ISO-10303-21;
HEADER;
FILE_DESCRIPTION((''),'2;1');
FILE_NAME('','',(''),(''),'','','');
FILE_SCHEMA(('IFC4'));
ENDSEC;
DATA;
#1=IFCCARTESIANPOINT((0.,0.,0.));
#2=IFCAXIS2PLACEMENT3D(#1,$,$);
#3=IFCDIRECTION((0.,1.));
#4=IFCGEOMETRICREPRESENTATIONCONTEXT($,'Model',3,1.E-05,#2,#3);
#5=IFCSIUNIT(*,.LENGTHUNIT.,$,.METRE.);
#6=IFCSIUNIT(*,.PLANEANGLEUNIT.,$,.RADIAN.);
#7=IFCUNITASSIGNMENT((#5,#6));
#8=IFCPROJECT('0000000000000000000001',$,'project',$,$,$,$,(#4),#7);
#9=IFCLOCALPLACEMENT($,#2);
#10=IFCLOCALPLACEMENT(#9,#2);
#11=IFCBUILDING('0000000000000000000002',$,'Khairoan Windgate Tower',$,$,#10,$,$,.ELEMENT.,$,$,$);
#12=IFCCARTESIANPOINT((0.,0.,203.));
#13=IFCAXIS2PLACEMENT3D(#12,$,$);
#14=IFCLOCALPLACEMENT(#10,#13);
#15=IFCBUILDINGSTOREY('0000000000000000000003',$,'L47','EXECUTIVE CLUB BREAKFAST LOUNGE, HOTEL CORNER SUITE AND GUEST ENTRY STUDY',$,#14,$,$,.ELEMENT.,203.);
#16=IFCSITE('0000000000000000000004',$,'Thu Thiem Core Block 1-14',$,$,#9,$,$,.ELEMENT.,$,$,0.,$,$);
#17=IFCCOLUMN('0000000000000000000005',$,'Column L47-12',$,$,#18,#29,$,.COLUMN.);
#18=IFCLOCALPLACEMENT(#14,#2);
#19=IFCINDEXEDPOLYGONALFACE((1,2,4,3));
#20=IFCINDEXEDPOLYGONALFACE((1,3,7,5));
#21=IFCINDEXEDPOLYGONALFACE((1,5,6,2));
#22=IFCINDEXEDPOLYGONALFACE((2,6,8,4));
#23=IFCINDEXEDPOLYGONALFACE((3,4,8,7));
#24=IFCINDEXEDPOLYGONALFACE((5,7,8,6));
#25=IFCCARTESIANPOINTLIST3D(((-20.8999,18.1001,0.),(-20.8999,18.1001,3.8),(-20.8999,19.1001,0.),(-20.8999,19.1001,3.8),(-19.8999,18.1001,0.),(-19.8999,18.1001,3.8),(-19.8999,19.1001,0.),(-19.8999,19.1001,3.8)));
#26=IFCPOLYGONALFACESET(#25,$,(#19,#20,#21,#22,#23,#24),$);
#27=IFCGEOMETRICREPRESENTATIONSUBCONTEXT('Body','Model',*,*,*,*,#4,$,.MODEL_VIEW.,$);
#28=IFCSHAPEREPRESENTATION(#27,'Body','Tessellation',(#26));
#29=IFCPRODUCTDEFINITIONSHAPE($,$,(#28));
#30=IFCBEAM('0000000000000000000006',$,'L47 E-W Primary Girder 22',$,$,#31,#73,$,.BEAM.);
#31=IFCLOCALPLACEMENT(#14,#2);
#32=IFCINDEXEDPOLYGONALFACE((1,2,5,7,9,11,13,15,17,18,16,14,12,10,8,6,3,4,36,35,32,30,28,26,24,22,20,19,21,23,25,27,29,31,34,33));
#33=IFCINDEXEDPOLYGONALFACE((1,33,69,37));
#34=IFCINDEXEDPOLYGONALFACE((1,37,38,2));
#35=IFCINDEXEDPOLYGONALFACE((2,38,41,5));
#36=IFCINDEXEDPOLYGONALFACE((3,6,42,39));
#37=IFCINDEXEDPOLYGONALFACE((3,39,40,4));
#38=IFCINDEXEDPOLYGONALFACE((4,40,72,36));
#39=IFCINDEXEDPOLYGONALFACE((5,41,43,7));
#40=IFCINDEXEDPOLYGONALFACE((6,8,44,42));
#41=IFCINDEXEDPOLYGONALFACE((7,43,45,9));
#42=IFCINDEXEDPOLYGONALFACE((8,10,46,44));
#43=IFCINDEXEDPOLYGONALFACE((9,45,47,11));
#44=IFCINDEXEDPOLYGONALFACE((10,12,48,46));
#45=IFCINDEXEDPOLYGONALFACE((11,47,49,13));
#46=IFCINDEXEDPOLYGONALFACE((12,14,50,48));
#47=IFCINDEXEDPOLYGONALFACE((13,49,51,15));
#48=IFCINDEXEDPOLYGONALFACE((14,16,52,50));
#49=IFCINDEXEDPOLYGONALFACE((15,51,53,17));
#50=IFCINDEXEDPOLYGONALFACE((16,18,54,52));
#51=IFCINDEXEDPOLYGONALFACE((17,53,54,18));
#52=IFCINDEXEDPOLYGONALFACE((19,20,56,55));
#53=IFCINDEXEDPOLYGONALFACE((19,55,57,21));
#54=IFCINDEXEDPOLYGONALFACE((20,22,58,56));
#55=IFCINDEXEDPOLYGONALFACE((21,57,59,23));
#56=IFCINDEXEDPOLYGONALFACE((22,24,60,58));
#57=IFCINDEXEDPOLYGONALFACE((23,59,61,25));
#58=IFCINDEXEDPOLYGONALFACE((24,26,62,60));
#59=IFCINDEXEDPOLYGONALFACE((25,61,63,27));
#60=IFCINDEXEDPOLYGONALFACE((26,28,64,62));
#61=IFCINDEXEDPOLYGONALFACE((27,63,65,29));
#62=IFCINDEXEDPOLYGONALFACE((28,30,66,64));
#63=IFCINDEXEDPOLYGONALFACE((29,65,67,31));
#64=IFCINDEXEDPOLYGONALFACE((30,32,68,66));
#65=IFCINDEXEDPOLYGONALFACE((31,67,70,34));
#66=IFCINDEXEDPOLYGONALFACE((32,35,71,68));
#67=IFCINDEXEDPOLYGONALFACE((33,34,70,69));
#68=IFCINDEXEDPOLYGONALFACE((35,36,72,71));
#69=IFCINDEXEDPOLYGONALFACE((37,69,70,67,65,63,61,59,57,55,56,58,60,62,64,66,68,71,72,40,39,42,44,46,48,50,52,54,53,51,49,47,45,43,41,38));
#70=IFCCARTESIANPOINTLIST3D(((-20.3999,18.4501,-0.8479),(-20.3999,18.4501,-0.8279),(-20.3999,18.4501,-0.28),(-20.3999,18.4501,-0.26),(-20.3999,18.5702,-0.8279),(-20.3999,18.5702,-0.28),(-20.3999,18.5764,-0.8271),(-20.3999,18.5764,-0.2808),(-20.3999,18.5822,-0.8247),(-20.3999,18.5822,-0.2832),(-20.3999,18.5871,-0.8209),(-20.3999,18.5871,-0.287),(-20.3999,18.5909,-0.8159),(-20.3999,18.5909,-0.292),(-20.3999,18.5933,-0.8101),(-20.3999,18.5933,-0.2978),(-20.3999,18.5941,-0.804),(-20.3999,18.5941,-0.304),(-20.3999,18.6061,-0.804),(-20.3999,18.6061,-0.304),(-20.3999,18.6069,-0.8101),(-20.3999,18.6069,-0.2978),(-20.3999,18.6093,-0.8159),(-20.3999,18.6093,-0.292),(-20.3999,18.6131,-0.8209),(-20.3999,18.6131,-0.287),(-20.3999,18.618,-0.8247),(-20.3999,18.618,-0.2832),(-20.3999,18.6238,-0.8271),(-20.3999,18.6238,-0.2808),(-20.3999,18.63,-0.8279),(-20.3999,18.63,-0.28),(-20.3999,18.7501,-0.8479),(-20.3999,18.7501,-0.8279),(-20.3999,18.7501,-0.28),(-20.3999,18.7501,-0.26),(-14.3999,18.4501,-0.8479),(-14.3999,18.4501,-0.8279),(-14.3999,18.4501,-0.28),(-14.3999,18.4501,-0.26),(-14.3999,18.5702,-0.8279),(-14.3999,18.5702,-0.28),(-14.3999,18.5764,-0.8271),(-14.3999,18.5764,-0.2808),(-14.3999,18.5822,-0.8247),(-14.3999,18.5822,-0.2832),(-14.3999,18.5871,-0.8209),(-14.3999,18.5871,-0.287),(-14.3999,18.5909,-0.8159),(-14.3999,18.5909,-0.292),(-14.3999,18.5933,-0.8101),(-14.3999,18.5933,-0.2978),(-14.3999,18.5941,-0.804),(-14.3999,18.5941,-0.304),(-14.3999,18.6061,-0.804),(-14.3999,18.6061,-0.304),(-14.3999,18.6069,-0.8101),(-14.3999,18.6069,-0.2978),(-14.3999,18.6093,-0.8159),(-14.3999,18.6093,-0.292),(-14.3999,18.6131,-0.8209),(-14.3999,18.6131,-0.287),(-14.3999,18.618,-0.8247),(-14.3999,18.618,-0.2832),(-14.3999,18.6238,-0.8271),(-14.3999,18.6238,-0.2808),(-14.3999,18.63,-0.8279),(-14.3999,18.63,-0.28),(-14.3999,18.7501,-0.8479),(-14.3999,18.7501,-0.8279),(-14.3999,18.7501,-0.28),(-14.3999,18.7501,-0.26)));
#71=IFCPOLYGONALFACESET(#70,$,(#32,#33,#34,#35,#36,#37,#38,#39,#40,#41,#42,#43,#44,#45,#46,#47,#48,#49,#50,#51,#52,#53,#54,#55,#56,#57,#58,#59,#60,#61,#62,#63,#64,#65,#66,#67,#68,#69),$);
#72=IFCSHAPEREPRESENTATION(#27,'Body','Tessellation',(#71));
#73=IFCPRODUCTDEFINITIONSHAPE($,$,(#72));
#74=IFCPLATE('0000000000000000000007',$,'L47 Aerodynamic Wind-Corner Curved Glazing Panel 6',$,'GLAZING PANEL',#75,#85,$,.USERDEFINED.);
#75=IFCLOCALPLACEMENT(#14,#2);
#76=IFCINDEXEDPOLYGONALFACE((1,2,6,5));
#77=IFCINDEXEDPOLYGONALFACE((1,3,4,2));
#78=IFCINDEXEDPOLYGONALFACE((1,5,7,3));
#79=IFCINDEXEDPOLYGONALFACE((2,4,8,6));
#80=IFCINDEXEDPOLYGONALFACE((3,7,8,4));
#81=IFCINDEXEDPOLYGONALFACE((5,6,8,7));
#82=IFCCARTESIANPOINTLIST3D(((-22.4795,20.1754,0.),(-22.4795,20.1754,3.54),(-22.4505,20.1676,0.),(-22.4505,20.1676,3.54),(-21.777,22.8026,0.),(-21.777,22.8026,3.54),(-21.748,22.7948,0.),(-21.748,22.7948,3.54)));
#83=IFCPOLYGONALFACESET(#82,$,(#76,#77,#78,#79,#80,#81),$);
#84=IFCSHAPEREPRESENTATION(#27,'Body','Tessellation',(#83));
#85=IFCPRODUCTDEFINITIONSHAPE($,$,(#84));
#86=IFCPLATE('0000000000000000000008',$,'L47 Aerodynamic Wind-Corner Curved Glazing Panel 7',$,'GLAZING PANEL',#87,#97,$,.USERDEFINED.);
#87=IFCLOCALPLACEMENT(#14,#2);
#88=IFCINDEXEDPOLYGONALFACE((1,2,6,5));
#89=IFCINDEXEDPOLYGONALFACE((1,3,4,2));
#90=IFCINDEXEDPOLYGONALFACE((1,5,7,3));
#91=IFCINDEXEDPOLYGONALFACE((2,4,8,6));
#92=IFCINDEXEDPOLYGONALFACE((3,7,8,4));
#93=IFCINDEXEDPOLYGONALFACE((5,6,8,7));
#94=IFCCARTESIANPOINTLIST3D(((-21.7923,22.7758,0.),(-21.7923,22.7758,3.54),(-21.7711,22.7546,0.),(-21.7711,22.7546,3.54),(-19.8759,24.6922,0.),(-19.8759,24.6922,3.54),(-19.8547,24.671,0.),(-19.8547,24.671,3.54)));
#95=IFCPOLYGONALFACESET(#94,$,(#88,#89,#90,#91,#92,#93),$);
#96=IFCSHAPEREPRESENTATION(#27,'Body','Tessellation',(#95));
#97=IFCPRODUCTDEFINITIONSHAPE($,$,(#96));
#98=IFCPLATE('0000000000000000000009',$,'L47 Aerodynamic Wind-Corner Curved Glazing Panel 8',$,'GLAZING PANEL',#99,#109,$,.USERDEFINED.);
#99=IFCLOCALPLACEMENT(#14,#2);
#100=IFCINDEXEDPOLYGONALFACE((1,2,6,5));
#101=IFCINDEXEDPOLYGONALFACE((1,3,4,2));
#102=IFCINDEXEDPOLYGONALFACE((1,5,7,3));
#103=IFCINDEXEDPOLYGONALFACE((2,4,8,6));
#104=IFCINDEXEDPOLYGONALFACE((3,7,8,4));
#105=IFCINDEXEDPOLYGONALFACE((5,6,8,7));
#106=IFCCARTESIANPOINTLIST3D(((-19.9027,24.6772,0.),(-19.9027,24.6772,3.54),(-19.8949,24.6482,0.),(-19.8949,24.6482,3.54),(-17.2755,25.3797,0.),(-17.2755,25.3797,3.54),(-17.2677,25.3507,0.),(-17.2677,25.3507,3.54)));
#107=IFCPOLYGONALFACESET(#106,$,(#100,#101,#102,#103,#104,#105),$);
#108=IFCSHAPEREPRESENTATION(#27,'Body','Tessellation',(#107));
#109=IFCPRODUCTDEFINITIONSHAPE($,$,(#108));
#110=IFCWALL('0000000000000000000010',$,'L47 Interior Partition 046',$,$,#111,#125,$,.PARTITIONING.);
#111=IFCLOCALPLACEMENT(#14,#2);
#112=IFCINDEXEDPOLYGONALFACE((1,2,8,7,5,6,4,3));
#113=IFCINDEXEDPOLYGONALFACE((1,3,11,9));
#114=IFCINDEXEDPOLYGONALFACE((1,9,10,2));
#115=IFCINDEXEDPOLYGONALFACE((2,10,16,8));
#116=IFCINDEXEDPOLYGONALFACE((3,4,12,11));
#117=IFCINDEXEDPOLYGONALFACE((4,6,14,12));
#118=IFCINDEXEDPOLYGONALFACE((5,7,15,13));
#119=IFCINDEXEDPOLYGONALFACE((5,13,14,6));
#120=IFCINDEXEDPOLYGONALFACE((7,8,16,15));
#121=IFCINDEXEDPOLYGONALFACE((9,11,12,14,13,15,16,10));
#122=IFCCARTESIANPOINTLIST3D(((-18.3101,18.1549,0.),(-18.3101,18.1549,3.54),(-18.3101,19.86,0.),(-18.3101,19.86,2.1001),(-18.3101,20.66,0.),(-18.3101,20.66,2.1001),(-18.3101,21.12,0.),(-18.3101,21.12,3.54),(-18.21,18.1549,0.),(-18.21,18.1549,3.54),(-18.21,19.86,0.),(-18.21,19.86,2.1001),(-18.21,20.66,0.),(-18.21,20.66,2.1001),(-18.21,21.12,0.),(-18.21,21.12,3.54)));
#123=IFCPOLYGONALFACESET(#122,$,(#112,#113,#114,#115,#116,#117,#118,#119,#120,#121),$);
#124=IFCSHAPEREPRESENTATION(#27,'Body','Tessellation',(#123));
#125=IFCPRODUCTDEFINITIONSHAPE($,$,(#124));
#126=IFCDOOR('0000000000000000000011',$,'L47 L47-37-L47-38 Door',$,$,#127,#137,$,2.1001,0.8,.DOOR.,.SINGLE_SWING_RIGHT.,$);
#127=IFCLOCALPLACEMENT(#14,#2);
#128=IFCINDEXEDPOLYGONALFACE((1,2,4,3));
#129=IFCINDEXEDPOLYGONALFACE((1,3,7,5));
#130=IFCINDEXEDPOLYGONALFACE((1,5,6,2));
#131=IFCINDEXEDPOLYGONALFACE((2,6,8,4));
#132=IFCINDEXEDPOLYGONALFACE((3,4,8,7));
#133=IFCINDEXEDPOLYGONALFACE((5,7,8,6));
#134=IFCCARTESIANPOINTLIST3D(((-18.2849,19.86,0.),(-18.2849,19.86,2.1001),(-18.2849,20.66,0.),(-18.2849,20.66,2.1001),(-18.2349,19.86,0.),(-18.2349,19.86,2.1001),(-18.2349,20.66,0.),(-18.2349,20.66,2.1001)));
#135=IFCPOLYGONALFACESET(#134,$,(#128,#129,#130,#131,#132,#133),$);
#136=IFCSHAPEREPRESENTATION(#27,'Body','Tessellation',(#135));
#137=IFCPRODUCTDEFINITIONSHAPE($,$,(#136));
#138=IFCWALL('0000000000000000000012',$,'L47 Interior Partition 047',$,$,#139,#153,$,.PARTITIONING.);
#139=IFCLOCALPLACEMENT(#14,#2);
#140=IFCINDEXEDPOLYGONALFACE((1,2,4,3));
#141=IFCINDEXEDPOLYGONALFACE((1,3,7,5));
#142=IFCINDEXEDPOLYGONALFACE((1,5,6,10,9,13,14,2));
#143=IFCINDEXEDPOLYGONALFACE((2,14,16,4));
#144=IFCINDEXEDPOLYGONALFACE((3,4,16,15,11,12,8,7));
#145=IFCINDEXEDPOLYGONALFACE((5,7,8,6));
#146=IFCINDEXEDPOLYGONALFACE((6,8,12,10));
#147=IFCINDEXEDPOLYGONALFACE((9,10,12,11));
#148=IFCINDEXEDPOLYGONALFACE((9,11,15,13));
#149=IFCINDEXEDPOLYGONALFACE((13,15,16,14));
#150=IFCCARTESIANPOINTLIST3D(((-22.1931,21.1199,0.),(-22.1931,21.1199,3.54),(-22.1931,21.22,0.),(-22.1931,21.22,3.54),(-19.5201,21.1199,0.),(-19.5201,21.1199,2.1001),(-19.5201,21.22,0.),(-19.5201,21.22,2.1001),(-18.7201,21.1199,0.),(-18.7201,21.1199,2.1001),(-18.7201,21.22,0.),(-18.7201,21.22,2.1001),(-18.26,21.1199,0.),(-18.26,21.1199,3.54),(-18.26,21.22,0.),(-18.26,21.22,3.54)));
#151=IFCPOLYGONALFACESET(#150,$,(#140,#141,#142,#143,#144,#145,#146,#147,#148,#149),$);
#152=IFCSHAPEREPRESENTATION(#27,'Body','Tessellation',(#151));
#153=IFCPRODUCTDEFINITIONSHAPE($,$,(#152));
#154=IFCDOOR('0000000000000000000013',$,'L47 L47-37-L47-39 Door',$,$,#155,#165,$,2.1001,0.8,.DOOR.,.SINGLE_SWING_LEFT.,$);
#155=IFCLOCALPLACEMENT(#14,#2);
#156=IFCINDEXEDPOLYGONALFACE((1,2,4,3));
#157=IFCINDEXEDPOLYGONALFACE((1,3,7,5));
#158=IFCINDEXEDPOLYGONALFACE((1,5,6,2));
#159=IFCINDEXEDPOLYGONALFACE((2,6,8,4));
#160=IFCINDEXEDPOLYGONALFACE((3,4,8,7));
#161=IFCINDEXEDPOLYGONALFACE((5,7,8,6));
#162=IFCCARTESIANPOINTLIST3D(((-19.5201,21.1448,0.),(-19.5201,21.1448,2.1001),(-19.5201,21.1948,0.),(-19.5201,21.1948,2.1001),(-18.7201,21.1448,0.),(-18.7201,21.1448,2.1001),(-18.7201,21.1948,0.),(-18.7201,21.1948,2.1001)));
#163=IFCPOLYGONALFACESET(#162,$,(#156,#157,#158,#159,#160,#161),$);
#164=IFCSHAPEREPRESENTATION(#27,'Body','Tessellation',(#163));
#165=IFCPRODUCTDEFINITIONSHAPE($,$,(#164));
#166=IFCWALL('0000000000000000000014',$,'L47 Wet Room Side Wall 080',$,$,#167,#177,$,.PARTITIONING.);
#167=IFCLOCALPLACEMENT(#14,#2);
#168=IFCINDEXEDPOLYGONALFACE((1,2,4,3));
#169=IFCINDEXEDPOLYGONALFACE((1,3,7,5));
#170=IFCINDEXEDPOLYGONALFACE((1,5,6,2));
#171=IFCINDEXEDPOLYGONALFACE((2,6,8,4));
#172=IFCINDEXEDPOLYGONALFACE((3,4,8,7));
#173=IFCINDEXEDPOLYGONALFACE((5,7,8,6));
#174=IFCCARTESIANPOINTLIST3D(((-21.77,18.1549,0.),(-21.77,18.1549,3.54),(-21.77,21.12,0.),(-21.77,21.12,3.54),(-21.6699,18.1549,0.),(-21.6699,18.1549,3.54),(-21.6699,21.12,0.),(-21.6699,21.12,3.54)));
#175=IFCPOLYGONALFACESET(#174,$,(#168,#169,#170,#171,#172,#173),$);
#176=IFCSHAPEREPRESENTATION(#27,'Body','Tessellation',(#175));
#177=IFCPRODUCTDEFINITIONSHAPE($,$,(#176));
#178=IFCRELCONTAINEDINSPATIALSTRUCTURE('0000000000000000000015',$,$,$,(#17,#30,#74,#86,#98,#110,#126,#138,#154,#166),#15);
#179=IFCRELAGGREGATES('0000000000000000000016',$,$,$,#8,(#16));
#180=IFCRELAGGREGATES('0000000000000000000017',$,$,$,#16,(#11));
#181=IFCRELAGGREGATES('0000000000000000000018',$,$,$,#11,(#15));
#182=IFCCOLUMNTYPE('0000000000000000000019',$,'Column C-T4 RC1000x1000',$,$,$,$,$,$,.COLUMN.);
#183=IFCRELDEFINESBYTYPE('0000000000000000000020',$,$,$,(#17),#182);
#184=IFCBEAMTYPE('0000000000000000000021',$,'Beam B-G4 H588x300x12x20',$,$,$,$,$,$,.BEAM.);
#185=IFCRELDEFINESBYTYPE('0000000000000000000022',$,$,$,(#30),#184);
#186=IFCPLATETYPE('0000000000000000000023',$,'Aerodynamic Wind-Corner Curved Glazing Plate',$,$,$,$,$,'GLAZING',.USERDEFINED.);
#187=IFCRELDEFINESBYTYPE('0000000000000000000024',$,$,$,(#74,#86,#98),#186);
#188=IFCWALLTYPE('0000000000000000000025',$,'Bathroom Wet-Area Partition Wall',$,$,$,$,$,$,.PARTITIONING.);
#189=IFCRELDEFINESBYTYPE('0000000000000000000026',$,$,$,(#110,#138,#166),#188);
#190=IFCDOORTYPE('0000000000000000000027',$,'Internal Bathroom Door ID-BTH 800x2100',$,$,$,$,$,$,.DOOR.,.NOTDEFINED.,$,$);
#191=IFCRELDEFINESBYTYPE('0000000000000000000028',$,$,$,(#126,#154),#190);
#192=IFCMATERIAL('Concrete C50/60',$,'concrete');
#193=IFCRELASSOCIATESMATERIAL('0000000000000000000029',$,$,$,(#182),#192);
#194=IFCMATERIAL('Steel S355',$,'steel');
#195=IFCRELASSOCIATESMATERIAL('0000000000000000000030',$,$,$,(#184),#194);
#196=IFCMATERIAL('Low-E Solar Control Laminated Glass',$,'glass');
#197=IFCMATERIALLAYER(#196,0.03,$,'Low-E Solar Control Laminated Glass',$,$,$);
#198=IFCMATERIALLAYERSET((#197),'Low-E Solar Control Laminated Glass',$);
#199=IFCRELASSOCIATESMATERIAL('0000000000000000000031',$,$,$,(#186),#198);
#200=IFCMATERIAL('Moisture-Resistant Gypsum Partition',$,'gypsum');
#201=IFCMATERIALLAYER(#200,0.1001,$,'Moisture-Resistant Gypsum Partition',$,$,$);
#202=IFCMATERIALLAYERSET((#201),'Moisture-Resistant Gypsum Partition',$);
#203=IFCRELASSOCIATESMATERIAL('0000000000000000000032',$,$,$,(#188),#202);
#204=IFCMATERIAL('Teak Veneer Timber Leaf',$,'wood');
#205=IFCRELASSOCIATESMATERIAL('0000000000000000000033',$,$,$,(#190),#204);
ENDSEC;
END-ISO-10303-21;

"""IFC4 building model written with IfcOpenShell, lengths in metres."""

from ifc_helpers import new_model, si_unit, direction, frame, frame_2d, origin, origin_2d, place, context, subcontext, project, spatial, rectangle, i_section, extrude, material, layer, layer_set, material_profile, profile_set, type_object, element, fill, save


model = new_model("IFC4")

# Units and contexts
model_context = context("Model", 3, precision=1e-05, world=origin(), true_north=direction((0.0, 1.0)))
body_context = subcontext(model_context, "Body", "Model", "MODEL_VIEW")
ifc_project = project(units=[si_unit("LENGTHUNIT", "METRE"), si_unit("PLANEANGLEUNIT", "RADIAN")], contexts=[model_context])

# Site, building, storey
site_placement = place(None, origin())
site = spatial("IfcSite", under=ifc_project, at=site_placement, Name="Thu Thiem Core Block 1-14", CompositionType="ELEMENT", RefElevation=0.0)
building_placement = place(site_placement, origin())
building = spatial("IfcBuilding", under=site, at=building_placement, Name="Khairoan Windgate Tower", CompositionType="ELEMENT")
storey_placement = place(building_placement, frame((0.0, 0.0, 203.0)))
storey = spatial("IfcBuildingStorey", under=building, at=storey_placement, Name="L47", Description="EXECUTIVE CLUB BREAKFAST LOUNGE, HOTEL CORNER SUITE AND GUEST ENTRY STUDY", CompositionType="ELEMENT", Elevation=203.0)

# Column
ifc_material_1 = material(Name="Concrete C50/60", Category="concrete")
ifc_material_profile_1 = material_profile(ifc_material_1, rectangle(XDim=1.0, YDim=1.0, at=origin_2d()))
ifc_profile_set_1 = profile_set([ifc_material_profile_1], Name="Concrete C50/60")
column_type = type_object("IfcColumnType", Name="Column C-T4 RC1000x1000", PredefinedType="COLUMN", material=ifc_profile_set_1)
column_placement = place(storey_placement, frame((-20.3999, 18.6001, 0.0), z_axis=(0.0, 0.0, 1.0), x_axis=(1.0, 0.0, 0.0)))
element("IfcColumn", 1, at=column_placement, inside=storey, type_object=column_type, Name="Column L47-12", PredefinedType="COLUMN", context=body_context, shape_type="SweptSolid", body=[
    extrude(rectangle(XDim=1.0, YDim=1.0, at=origin_2d()), origin(), (0.0, 0.0, 1.0), 3.8),
])

# Beam
ifc_material_2 = material(Name="Steel S355", Category="steel")
ifc_material_profile_2 = material_profile(ifc_material_2, i_section(OverallWidth=0.3, OverallDepth=0.5879, WebThickness=0.012, FlangeThickness=0.02, FilletRadius=0.0239, at=origin_2d()))
ifc_profile_set_2 = profile_set([ifc_material_profile_2], Name="Steel S355")
beam_type = type_object("IfcBeamType", Name="Beam B-G4 H588x300x12x20", PredefinedType="BEAM", material=ifc_profile_set_2)
beam_placement = place(storey_placement, frame((-20.3999, 18.6001, -0.554), z_axis=(1.0, 0.0, 0.0), x_axis=(0.0, 1.0, 0.0)))
element("IfcBeam", 2, at=beam_placement, inside=storey, type_object=beam_type, Name="L47 E-W Primary Girder 22", PredefinedType="BEAM", context=body_context, shape_type="SweptSolid", body=[
    extrude(i_section(OverallWidth=0.3, OverallDepth=0.5879, WebThickness=0.012, FlangeThickness=0.02, FilletRadius=0.0239, at=origin_2d()), origin(), (0.0, 0.0, 1.0), 6.0),
])

# Plates
ifc_material_3 = material(Name="Low-E Solar Control Laminated Glass", Category="glass")
ifc_layer_1 = layer(ifc_material_3, 0.03, Name="Low-E Solar Control Laminated Glass")
ifc_layer_set_1 = layer_set([ifc_layer_1], Name="Low-E Solar Control Laminated Glass")
plate_type_1 = type_object("IfcPlateType", Name="Aerodynamic Wind-Corner Curved Glazing Plate", ElementType="GLAZING", PredefinedType="USERDEFINED", material=ifc_layer_set_1)
plate_1_placement = place(storey_placement, frame((-22.1138, 21.4851, 0.0), z_axis=(0.0, 0.0, 1.0), x_axis=(0.258313, 0.966061, 0.0)))
element("IfcPlate", 3, at=plate_1_placement, inside=storey, type_object=plate_type_1, Name="L47 Aerodynamic Wind-Corner Curved Glazing Panel 6", ObjectType="GLAZING PANEL", PredefinedType="USERDEFINED", context=body_context, shape_type="SweptSolid", body=[
    extrude(rectangle(XDim=2.7195, YDim=0.03, at=origin_2d()), origin(), (0.0, 0.0, 1.0), 3.54),
])
plate_2_placement = place(storey_placement, frame((-20.8235, 23.7234, 0.0), z_axis=(0.0, 0.0, 1.0), x_axis=(0.707107, 0.707107, 0.0)))
element("IfcPlate", 4, at=plate_2_placement, inside=storey, type_object=plate_type_1, Name="L47 Aerodynamic Wind-Corner Curved Glazing Panel 7", ObjectType="GLAZING PANEL", PredefinedType="USERDEFINED", context=body_context, shape_type="SweptSolid", body=[
    extrude(rectangle(XDim=2.7102, YDim=0.03, at=origin_2d()), origin(), (0.0, 0.0, 1.0), 3.54),
])
plate_3_placement = place(storey_placement, frame((-18.5852, 25.0139, 0.0), z_axis=(0.0, 0.0, 1.0), x_axis=(0.966061, 0.258313, 0.0)))
element("IfcPlate", 5, at=plate_3_placement, inside=storey, type_object=plate_type_1, Name="L47 Aerodynamic Wind-Corner Curved Glazing Panel 8", ObjectType="GLAZING PANEL", PredefinedType="USERDEFINED", context=body_context, shape_type="SweptSolid", body=[
    extrude(rectangle(XDim=2.7195, YDim=0.03, at=origin_2d()), origin(), (0.0, 0.0, 1.0), 3.54),
])

# Walls, openings, doors
ifc_material_4 = material(Name="Moisture-Resistant Gypsum Partition", Category="gypsum")
ifc_layer_2 = layer(ifc_material_4, 0.1001, Name="Moisture-Resistant Gypsum Partition")
ifc_layer_set_2 = layer_set([ifc_layer_2], Name="Moisture-Resistant Gypsum Partition")
wall_type_1 = type_object("IfcWallType", Name="Bathroom Wet-Area Partition Wall", PredefinedType="PARTITIONING", material=ifc_layer_set_2)
wall_1_placement = place(storey_placement, frame((-18.26, 18.155, 0.0), z_axis=(0.0, 0.0, 1.0), x_axis=(0.0, 1.0, 0.0)))
wall_1 = element("IfcWall", 6, at=wall_1_placement, inside=storey, type_object=wall_type_1, Name="L47 Interior Partition 046", PredefinedType="PARTITIONING", context=body_context, shape_type="SweptSolid", body=[
    extrude(rectangle(XDim=2.9651, YDim=0.1001, at=frame_2d((1.4824, 0.0))), origin(), (0.0, 0.0, 1.0), 3.54),
])
opening_1_placement = place(wall_1_placement, frame((1.7051, 0.0, 0.0)))
opening_1 = element("IfcOpeningElement", 7, at=opening_1_placement, cuts=wall_1, PredefinedType="OPENING", context=body_context, shape_type="SweptSolid", body=[
    extrude(rectangle(XDim=0.8, YDim=2.1001, at=frame_2d((0.3999, 1.05))), frame((0.0, 0.0601, 0.0), z_axis=(0.0, -1.0, 0.0), x_axis=(1.0, 0.0, 0.0)), (0.0, 0.0, 1.0), 0.1201),
])
ifc_material_5 = material(Name="Teak Veneer Timber Leaf", Category="wood")
door_type_1 = type_object("IfcDoorType", Name="Internal Bathroom Door ID-BTH 800x2100", OperationType="NOTDEFINED", PredefinedType="DOOR", material=ifc_material_5)
door_1_placement = place(opening_1_placement, origin())
door_1 = element("IfcDoor", 8, at=door_1_placement, inside=storey, type_object=door_type_1, Name="L47 L47-37-L47-38 Door", OperationType="SINGLE_SWING_RIGHT", OverallHeight=2.1001, OverallWidth=0.8, PredefinedType="DOOR", context=body_context, shape_type="SweptSolid", body=[
    extrude(rectangle(XDim=0.8, YDim=2.1001, at=frame_2d((0.3999, 1.05))), frame((0.0, 0.0249, 0.0), z_axis=(0.0, -1.0, 0.0), x_axis=(1.0, 0.0, 0.0)), (0.0, 0.0, 1.0), 0.05),
])
fill(opening_1, door_1)
wall_2_placement = place(storey_placement, frame((-22.1931, 21.1699, 0.0), z_axis=(0.0, 0.0, 1.0), x_axis=(1.0, 0.0, 0.0)))
wall_2 = element("IfcWall", 9, at=wall_2_placement, inside=storey, type_object=wall_type_1, Name="L47 Interior Partition 047", PredefinedType="PARTITIONING", context=body_context, shape_type="SweptSolid", body=[
    extrude(rectangle(XDim=3.9331, YDim=0.1001, at=frame_2d((1.9666, 0.0))), origin(), (0.0, 0.0, 1.0), 3.54),
])
opening_2_placement = place(wall_2_placement, frame((2.6731, 0.0, 0.0)))
opening_2 = element("IfcOpeningElement", 10, at=opening_2_placement, cuts=wall_2, PredefinedType="OPENING", context=body_context, shape_type="SweptSolid", body=[
    extrude(rectangle(XDim=0.8, YDim=2.1001, at=frame_2d((0.3999, 1.05))), frame((0.0, 0.0601, 0.0), z_axis=(0.0, -1.0, 0.0), x_axis=(1.0, 0.0, 0.0)), (0.0, 0.0, 1.0), 0.1201),
])
door_2_placement = place(opening_2_placement, origin())
door_2 = element("IfcDoor", 11, at=door_2_placement, inside=storey, type_object=door_type_1, Name="L47 L47-37-L47-39 Door", OperationType="SINGLE_SWING_LEFT", OverallHeight=2.1001, OverallWidth=0.8, PredefinedType="DOOR", context=body_context, shape_type="SweptSolid", body=[
    extrude(rectangle(XDim=0.8, YDim=2.1001, at=frame_2d((0.3999, 1.05))), frame((0.0, 0.0249, 0.0), z_axis=(0.0, -1.0, 0.0), x_axis=(1.0, 0.0, 0.0)), (0.0, 0.0, 1.0), 0.05),
])
fill(opening_2, door_2)

# Wall
wall_3_placement = place(storey_placement, frame((-21.72, 18.155, 0.0), z_axis=(0.0, 0.0, 1.0), x_axis=(0.0, 1.0, 0.0)))
element("IfcWall", 12, at=wall_3_placement, inside=storey, type_object=wall_type_1, Name="L47 Wet Room Side Wall 080", PredefinedType="PARTITIONING", context=body_context, shape_type="SweptSolid", body=[
    extrude(rectangle(XDim=2.9651, YDim=0.1001, at=frame_2d((1.4824, 0.0))), origin(), (0.0, 0.0, 1.0), 3.54),
])

save(model, "model.ifc")
